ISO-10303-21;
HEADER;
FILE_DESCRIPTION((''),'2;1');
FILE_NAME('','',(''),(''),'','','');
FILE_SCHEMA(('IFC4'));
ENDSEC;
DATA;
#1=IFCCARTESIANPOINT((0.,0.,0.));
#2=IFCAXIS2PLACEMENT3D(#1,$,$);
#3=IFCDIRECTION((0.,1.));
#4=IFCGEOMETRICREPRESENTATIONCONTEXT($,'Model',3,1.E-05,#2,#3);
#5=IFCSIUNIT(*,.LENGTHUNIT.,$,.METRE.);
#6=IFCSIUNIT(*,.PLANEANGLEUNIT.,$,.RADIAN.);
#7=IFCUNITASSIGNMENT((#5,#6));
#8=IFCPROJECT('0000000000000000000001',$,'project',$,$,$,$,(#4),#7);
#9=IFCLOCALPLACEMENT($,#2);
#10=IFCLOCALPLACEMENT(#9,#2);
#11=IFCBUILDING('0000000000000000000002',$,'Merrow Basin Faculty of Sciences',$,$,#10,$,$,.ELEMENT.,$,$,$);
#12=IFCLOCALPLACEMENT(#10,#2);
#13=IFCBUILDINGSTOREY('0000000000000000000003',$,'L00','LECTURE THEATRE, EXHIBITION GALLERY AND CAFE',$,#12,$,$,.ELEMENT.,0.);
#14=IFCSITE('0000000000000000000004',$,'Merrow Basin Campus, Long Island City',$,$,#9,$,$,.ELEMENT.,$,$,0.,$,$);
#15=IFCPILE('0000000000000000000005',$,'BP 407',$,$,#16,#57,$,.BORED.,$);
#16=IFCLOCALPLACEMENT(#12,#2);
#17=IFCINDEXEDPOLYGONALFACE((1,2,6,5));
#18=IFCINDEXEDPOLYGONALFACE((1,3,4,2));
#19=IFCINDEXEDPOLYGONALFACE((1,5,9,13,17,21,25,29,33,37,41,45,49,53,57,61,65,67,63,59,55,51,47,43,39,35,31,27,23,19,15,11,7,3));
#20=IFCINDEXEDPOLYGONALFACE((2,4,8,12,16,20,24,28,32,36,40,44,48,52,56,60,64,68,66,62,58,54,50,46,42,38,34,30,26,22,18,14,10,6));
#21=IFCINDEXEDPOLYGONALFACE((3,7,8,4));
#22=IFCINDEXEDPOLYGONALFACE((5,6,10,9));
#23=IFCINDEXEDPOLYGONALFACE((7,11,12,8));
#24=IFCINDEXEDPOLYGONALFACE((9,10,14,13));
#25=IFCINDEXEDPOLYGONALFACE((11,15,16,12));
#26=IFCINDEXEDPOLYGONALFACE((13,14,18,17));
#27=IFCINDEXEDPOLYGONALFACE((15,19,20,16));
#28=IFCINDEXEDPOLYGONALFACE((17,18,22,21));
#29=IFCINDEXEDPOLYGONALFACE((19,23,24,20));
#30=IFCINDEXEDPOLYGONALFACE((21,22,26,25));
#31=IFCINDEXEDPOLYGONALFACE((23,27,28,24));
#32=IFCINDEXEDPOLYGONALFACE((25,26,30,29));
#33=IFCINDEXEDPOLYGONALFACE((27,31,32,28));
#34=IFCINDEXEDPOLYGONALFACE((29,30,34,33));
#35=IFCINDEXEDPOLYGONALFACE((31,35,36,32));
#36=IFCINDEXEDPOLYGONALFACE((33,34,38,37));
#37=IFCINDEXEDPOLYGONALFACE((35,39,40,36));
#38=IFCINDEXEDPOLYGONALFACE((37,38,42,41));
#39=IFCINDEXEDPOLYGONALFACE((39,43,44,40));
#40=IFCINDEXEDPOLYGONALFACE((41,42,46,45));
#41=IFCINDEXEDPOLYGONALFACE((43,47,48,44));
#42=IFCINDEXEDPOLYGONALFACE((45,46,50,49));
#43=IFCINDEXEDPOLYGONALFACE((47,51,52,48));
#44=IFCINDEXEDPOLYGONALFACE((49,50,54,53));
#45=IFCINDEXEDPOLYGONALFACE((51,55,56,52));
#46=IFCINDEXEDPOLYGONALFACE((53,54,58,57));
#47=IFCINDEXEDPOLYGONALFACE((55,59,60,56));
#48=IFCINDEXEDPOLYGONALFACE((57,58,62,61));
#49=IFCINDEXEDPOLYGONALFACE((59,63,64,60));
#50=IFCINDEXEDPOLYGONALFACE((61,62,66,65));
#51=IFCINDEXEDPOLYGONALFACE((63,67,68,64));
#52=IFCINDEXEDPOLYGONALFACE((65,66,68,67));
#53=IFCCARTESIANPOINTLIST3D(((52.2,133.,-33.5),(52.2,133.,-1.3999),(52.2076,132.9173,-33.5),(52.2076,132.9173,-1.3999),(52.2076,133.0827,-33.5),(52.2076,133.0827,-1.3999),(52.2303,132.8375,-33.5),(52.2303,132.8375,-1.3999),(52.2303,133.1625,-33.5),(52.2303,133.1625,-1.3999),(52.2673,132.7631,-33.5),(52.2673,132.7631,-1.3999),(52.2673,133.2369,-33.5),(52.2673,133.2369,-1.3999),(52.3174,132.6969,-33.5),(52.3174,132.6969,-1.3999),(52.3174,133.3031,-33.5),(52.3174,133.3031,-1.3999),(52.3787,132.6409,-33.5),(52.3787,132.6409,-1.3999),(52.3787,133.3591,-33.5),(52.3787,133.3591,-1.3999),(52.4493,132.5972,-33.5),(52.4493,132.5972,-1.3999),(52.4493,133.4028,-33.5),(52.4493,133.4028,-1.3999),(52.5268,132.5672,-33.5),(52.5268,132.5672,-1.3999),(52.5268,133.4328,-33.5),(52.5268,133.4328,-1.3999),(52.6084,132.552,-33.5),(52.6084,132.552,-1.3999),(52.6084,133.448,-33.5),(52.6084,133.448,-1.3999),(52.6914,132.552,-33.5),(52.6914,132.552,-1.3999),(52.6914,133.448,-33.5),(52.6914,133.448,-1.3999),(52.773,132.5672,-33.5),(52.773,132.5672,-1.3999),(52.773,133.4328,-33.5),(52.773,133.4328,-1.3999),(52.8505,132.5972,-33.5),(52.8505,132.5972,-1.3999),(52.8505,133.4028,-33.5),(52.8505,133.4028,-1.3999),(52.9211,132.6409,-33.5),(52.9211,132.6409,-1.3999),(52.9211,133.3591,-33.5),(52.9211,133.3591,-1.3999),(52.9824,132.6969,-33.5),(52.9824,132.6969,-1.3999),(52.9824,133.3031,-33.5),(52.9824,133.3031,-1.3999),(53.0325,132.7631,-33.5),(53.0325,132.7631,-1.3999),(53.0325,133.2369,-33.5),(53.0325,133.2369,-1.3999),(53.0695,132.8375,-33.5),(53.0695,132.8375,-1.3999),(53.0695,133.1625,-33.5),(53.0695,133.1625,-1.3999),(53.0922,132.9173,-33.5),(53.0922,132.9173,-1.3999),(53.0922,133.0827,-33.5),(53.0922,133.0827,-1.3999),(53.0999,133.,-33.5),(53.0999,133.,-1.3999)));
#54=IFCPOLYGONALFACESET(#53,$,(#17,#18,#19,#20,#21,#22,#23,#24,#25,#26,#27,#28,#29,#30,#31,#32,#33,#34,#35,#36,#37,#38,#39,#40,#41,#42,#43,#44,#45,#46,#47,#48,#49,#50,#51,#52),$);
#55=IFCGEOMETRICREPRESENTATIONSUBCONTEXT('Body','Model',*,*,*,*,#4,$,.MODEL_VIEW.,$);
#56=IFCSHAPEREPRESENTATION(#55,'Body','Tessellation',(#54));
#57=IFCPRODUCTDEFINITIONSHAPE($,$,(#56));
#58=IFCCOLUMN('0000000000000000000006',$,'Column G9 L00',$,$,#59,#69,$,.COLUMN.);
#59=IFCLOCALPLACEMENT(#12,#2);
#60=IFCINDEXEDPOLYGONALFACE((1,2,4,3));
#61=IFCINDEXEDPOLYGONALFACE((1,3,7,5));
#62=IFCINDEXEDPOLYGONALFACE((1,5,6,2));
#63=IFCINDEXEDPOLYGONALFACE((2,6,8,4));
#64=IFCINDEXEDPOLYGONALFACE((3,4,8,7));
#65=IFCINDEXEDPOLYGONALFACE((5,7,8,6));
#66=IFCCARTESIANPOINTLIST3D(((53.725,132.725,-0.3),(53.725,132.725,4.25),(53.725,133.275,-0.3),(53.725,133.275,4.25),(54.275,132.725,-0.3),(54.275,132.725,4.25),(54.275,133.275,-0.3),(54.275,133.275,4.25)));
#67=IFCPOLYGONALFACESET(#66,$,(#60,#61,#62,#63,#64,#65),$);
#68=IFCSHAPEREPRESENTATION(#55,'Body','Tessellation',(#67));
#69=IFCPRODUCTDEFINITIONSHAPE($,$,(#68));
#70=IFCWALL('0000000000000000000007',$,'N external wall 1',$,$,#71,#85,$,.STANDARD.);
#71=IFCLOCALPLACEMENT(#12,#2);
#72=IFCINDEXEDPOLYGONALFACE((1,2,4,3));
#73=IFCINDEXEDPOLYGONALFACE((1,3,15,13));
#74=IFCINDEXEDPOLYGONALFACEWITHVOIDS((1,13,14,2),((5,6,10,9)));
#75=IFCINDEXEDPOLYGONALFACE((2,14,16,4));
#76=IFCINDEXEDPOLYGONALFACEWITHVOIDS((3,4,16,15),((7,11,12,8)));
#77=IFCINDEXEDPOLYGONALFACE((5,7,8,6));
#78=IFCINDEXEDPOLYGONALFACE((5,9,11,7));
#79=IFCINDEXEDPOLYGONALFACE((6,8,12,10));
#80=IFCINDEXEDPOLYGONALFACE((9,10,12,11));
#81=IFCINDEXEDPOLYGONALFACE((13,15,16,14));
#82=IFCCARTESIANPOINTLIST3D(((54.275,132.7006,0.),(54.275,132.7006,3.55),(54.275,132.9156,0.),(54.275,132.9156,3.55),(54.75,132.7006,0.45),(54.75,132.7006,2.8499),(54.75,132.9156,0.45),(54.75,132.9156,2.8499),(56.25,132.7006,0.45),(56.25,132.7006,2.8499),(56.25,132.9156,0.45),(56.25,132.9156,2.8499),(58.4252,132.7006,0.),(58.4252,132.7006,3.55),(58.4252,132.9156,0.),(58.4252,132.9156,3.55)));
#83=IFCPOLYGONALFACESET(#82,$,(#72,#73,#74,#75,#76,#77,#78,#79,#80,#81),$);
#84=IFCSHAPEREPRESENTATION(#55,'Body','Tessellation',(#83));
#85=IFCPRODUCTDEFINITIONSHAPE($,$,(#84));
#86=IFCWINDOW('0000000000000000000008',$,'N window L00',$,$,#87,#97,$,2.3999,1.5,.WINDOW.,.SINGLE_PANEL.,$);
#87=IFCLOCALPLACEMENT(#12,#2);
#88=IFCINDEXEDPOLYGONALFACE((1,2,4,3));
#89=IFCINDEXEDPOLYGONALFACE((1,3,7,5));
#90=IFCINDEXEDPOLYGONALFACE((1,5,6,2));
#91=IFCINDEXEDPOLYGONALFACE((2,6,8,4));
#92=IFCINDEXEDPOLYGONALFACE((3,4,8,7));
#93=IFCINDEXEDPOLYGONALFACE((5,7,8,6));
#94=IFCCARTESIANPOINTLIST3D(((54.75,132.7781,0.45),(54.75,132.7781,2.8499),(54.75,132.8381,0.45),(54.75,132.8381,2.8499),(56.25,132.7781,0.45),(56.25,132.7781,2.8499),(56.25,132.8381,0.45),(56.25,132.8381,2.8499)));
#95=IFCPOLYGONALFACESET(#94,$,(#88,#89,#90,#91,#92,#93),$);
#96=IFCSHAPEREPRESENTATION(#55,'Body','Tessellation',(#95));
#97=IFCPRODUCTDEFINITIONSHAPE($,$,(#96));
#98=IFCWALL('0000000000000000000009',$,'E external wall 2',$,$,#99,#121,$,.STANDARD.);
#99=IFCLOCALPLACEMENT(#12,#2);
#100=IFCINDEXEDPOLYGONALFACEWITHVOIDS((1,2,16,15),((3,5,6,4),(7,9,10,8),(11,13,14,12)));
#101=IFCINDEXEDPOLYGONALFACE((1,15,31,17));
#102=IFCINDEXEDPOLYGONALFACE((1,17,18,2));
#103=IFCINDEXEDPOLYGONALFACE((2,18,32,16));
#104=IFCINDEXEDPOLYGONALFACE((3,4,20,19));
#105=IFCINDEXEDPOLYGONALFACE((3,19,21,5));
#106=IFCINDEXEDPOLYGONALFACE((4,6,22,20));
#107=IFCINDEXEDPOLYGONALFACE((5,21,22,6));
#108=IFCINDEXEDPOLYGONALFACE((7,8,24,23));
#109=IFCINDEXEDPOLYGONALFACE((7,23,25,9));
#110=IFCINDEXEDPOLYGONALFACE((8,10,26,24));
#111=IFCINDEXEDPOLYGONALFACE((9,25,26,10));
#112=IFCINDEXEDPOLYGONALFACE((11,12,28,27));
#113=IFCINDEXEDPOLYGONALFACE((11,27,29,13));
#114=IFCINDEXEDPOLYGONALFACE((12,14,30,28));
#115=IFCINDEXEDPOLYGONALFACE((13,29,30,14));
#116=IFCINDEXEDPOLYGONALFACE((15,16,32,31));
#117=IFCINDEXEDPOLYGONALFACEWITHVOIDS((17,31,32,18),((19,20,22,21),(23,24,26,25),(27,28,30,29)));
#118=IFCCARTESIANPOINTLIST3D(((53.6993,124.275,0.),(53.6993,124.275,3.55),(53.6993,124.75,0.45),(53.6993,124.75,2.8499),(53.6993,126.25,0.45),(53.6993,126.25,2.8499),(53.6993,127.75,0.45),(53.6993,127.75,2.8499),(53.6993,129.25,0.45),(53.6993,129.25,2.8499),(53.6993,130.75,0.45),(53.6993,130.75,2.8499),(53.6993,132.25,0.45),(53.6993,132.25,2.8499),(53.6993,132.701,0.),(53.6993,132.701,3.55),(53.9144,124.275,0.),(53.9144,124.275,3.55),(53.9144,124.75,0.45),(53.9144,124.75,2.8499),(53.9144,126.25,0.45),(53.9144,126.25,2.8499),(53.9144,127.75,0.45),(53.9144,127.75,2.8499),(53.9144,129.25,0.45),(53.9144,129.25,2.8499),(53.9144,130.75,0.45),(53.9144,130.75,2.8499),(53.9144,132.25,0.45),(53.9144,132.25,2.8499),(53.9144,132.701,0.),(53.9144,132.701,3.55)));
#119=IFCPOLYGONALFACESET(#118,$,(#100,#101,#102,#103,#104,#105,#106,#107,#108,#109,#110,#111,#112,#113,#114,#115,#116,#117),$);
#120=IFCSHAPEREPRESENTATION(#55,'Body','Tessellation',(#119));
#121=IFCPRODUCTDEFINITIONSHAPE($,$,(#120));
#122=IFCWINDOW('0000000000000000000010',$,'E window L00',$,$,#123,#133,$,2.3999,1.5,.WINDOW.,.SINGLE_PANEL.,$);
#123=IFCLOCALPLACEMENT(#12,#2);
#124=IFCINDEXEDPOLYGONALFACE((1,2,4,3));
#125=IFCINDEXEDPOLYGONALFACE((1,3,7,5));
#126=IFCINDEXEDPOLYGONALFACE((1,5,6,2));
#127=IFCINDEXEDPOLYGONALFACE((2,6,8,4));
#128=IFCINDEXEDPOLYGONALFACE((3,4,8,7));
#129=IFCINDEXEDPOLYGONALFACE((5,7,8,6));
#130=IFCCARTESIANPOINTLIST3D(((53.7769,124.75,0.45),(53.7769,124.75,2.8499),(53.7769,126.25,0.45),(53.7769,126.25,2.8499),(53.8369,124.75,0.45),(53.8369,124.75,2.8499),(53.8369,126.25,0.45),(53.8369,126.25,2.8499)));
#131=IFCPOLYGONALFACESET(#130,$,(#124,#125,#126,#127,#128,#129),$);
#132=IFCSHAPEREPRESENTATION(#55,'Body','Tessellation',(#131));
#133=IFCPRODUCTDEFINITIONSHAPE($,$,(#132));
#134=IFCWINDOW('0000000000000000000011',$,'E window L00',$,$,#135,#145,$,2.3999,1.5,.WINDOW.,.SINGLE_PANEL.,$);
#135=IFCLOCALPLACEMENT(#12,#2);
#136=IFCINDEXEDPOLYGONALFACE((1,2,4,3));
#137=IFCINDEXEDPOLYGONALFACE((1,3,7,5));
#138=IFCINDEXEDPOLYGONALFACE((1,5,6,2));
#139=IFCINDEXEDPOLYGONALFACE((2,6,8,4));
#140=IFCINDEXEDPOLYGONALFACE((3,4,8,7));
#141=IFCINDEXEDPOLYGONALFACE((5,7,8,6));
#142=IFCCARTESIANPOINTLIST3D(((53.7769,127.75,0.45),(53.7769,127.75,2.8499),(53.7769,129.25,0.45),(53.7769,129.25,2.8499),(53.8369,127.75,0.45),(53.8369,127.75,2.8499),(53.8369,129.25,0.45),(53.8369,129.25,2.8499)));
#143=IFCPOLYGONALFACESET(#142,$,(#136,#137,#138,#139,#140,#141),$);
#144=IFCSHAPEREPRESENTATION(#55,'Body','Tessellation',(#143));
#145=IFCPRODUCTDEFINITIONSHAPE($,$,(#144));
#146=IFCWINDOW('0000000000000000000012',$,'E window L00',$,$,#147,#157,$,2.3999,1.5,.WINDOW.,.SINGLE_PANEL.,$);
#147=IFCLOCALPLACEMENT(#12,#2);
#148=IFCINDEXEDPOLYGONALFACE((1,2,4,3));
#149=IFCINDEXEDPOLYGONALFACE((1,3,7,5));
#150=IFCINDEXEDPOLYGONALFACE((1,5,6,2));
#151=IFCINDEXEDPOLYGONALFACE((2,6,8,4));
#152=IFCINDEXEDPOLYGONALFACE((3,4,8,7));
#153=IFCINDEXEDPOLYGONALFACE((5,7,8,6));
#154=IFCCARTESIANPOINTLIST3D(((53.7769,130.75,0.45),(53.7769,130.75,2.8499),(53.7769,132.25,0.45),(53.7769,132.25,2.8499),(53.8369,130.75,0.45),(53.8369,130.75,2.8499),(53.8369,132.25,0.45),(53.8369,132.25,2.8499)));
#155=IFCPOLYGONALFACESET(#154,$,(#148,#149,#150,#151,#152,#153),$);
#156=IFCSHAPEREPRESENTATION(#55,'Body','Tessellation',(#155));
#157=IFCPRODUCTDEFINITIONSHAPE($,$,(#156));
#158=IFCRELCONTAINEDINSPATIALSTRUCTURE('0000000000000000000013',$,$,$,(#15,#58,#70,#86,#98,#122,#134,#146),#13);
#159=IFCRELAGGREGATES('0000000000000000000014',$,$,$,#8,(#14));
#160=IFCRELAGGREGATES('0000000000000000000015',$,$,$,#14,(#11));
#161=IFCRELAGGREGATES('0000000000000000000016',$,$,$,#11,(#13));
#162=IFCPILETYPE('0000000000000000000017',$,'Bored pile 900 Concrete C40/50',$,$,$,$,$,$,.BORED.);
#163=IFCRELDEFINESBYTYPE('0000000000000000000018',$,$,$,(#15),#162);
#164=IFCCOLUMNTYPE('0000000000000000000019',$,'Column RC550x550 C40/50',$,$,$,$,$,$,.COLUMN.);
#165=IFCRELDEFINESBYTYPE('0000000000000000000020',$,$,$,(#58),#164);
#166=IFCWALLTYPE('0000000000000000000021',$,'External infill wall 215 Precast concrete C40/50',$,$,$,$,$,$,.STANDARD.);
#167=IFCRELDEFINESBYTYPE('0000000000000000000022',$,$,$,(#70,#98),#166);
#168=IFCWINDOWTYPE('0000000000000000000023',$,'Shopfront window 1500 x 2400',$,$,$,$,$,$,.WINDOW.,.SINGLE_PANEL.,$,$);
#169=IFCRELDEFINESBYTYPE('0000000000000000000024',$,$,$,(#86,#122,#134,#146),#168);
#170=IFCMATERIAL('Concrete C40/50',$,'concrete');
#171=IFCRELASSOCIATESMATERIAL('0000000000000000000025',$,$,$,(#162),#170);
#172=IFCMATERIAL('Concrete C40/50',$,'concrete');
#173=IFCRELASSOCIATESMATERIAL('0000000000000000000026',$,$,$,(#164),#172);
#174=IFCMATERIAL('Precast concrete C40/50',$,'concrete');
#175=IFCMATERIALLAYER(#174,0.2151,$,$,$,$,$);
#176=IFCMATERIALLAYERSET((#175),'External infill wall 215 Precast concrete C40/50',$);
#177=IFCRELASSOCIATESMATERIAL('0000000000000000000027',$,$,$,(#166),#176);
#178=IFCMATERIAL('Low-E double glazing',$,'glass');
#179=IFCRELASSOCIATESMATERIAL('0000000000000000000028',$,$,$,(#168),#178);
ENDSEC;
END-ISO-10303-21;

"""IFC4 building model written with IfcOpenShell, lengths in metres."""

from ifc_helpers import new_model, si_unit, direction, frame, frame_2d, origin, origin_2d, place, context, subcontext, project, spatial, rectangle, circle, extrude, material, layer, layer_set, material_profile, profile_set, type_object, element, fill, save


model = new_model("IFC4")

# Units and contexts
model_context = context("Model", 3, precision=1e-05, world=origin(), true_north=direction((0.0, 1.0)))
body_context = subcontext(model_context, "Body", "Model", "MODEL_VIEW")
ifc_project = project(units=[si_unit("LENGTHUNIT", "METRE"), si_unit("PLANEANGLEUNIT", "RADIAN")], contexts=[model_context])

# Site, building, storey
site_placement = place(None, origin())
site = spatial("IfcSite", under=ifc_project, at=site_placement, Name="Merrow Basin Campus, Long Island City", CompositionType="ELEMENT", RefElevation=0.0)
building_placement = place(site_placement, origin())
building = spatial("IfcBuilding", under=site, at=building_placement, Name="Merrow Basin Faculty of Sciences", CompositionType="ELEMENT")
storey_placement = place(building_placement, origin())
storey = spatial("IfcBuildingStorey", under=building, at=storey_placement, Name="L00", Description="LECTURE THEATRE, EXHIBITION GALLERY AND CAFE", CompositionType="ELEMENT", Elevation=0.0)

# Pile
ifc_material_1 = material(Name="Concrete C40/50", Category="concrete")
ifc_material_profile_1 = material_profile(ifc_material_1, circle(Radius=0.45, at=origin_2d()))
ifc_profile_set_1 = profile_set([ifc_material_profile_1], Name="Concrete C40/50")
pile_type = type_object("IfcPileType", Name="Bored pile 900 Concrete C40/50", PredefinedType="BORED", material=ifc_profile_set_1)
pile_placement = place(storey_placement, frame((52.6499, 133.0, -1.3999), z_axis=(0.0, 0.0, -1.0), x_axis=(1.0, 0.0, 0.0)))
element("IfcPile", 1, at=pile_placement, inside=storey, type_object=pile_type, Name="BP 407", PredefinedType="BORED", context=body_context, shape_type="SweptSolid", body=[
    extrude(circle(Radius=0.45, at=origin_2d()), origin(), (0.0, 0.0, 1.0), 32.1001),
])

# Column
ifc_material_2 = material(Name="Concrete C40/50", Category="concrete")
ifc_material_profile_2 = material_profile(ifc_material_2, rectangle(XDim=0.55, YDim=0.55, at=origin_2d()))
ifc_profile_set_2 = profile_set([ifc_material_profile_2], Name="Concrete C40/50")
column_type = type_object("IfcColumnType", Name="Column RC550x550 C40/50", PredefinedType="COLUMN", material=ifc_profile_set_2)
column_placement = place(storey_placement, frame((54.0, 133.0, -0.3), z_axis=(0.0, 0.0, 1.0), x_axis=(1.0, 0.0, 0.0)))
element("IfcColumn", 2, at=column_placement, inside=storey, type_object=column_type, Name="Column G9 L00", PredefinedType="COLUMN", context=body_context, shape_type="SweptSolid", body=[
    extrude(rectangle(XDim=0.55, YDim=0.55, at=origin_2d()), origin(), (0.0, 0.0, 1.0), 4.55),
])

# Wall, opening, window
ifc_material_3 = material(Name="Precast concrete C40/50", Category="concrete")
ifc_layer_1 = layer(ifc_material_3, 0.2151)
ifc_layer_set_1 = layer_set([ifc_layer_1], Name="External infill wall 215 Precast concrete C40/50")
wall_type = type_object("IfcWallType", Name="External infill wall 215 Precast concrete C40/50", PredefinedType="STANDARD", material=ifc_layer_set_1)
wall_1_placement = place(storey_placement, frame((54.2749, 132.8081, 0.0), z_axis=(0.0, 0.0, 1.0), x_axis=(1.0, 0.0, 0.0)))
wall_1 = element("IfcWall", 3, at=wall_1_placement, inside=storey, type_object=wall_type, Name="N external wall 1", PredefinedType="STANDARD", context=body_context, shape_type="SweptSolid", body=[
    extrude(rectangle(XDim=4.1501, YDim=0.2151, at=frame_2d((2.0752, 0.0))), origin(), (0.0, 0.0, 1.0), 3.55),
])
opening_1_placement = place(wall_1_placement, frame((0.4751, 0.0, 0.45)))
opening_1 = element("IfcOpeningElement", 4, at=opening_1_placement, cuts=wall_1, PredefinedType="OPENING", context=body_context, shape_type="SweptSolid", body=[
    extrude(rectangle(XDim=1.5, YDim=2.3999, at=frame_2d((0.75, 1.2))), frame((0.0, 0.1174, 0.0), z_axis=(0.0, -1.0, 0.0), x_axis=(1.0, 0.0, 0.0)), (0.0, 0.0, 1.0), 0.2351),
])
ifc_material_4 = material(Name="Low-E double glazing", Category="glass")
window_type = type_object("IfcWindowType", Name="Shopfront window 1500 x 2400", PartitioningType="SINGLE_PANEL", PredefinedType="WINDOW", material=ifc_material_4)
window_1_placement = place(opening_1_placement, origin())
window_1 = element("IfcWindow", 5, at=window_1_placement, inside=storey, type_object=window_type, Name="N window L00", OverallHeight=2.3999, OverallWidth=1.5, PartitioningType="SINGLE_PANEL", PredefinedType="WINDOW", context=body_context, shape_type="SweptSolid", body=[
    extrude(rectangle(XDim=1.5, YDim=2.3999, at=frame_2d((0.75, 1.2))), frame((0.0, 0.03, 0.0), z_axis=(0.0, -1.0, 0.0), x_axis=(1.0, 0.0, 0.0)), (0.0, 0.0, 1.0), 0.0601),
])
fill(opening_1, window_1)

# Wall, openings, windows
wall_2_placement = place(storey_placement, frame((53.8069, 132.7009, 0.0), z_axis=(0.0, 0.0, 1.0), x_axis=(0.0, -1.0, 0.0)))
wall_2 = element("IfcWall", 6, at=wall_2_placement, inside=storey, type_object=wall_type, Name="E external wall 2", PredefinedType="STANDARD", context=body_context, shape_type="SweptSolid", body=[
    extrude(rectangle(XDim=8.426, YDim=0.2151, at=frame_2d((4.2129, 0.0))), origin(), (0.0, 0.0, 1.0), 3.55),
])
opening_2_placement = place(wall_2_placement, frame((6.4509, 0.0, 0.45)))
opening_2 = element("IfcOpeningElement", 7, at=opening_2_placement, cuts=wall_2, PredefinedType="OPENING", context=body_context, shape_type="SweptSolid", body=[
    extrude(rectangle(XDim=1.5, YDim=2.3999, at=frame_2d((0.75, 1.2))), frame((0.0, 0.1174, 0.0), z_axis=(0.0, -1.0, 0.0), x_axis=(1.0, 0.0, 0.0)), (0.0, 0.0, 1.0), 0.2351),
])
opening_3_placement = place(wall_2_placement, frame((3.4509, 0.0, 0.45)))
opening_3 = element("IfcOpeningElement", 8, at=opening_3_placement, cuts=wall_2, PredefinedType="OPENING", context=body_context, shape_type="SweptSolid", body=[
    extrude(rectangle(XDim=1.5, YDim=2.3999, at=frame_2d((0.75, 1.2))), frame((0.0, 0.1174, 0.0), z_axis=(0.0, -1.0, 0.0), x_axis=(1.0, 0.0, 0.0)), (0.0, 0.0, 1.0), 0.2351),
])
opening_4_placement = place(wall_2_placement, frame((0.4509, 0.0, 0.45)))
opening_4 = element("IfcOpeningElement", 9, at=opening_4_placement, cuts=wall_2, PredefinedType="OPENING", context=body_context, shape_type="SweptSolid", body=[
    extrude(rectangle(XDim=1.5, YDim=2.3999, at=frame_2d((0.75, 1.2))), frame((0.0, 0.1174, 0.0), z_axis=(0.0, -1.0, 0.0), x_axis=(1.0, 0.0, 0.0)), (0.0, 0.0, 1.0), 0.2351),
])
window_2_placement = place(opening_2_placement, origin())
window_2 = element("IfcWindow", 10, at=window_2_placement, inside=storey, type_object=window_type, Name="E window L00", OverallHeight=2.3999, OverallWidth=1.5, PartitioningType="SINGLE_PANEL", PredefinedType="WINDOW", context=body_context, shape_type="SweptSolid", body=[
    extrude(rectangle(XDim=1.5, YDim=2.3999, at=frame_2d((0.75, 1.2))), frame((0.0, 0.03, 0.0), z_axis=(0.0, -1.0, 0.0), x_axis=(1.0, 0.0, 0.0)), (0.0, 0.0, 1.0), 0.0601),
])
fill(opening_2, window_2)
window_3_placement = place(opening_3_placement, origin())
window_3 = element("IfcWindow", 11, at=window_3_placement, inside=storey, type_object=window_type, Name="E window L00", OverallHeight=2.3999, OverallWidth=1.5, PartitioningType="SINGLE_PANEL", PredefinedType="WINDOW", context=body_context, shape_type="SweptSolid", body=[
    extrude(rectangle(XDim=1.5, YDim=2.3999, at=frame_2d((0.75, 1.2))), frame((0.0, 0.03, 0.0), z_axis=(0.0, -1.0, 0.0), x_axis=(1.0, 0.0, 0.0)), (0.0, 0.0, 1.0), 0.0601),
])
fill(opening_3, window_3)
window_4_placement = place(opening_4_placement, origin())
window_4 = element("IfcWindow", 12, at=window_4_placement, inside=storey, type_object=window_type, Name="E window L00", OverallHeight=2.3999, OverallWidth=1.5, PartitioningType="SINGLE_PANEL", PredefinedType="WINDOW", context=body_context, shape_type="SweptSolid", body=[
    extrude(rectangle(XDim=1.5, YDim=2.3999, at=frame_2d((0.75, 1.2))), frame((0.0, 0.03, 0.0), z_axis=(0.0, -1.0, 0.0), x_axis=(1.0, 0.0, 0.0)), (0.0, 0.0, 1.0), 0.0601),
])
fill(opening_4, window_4)

save(model, "model.ifc")
